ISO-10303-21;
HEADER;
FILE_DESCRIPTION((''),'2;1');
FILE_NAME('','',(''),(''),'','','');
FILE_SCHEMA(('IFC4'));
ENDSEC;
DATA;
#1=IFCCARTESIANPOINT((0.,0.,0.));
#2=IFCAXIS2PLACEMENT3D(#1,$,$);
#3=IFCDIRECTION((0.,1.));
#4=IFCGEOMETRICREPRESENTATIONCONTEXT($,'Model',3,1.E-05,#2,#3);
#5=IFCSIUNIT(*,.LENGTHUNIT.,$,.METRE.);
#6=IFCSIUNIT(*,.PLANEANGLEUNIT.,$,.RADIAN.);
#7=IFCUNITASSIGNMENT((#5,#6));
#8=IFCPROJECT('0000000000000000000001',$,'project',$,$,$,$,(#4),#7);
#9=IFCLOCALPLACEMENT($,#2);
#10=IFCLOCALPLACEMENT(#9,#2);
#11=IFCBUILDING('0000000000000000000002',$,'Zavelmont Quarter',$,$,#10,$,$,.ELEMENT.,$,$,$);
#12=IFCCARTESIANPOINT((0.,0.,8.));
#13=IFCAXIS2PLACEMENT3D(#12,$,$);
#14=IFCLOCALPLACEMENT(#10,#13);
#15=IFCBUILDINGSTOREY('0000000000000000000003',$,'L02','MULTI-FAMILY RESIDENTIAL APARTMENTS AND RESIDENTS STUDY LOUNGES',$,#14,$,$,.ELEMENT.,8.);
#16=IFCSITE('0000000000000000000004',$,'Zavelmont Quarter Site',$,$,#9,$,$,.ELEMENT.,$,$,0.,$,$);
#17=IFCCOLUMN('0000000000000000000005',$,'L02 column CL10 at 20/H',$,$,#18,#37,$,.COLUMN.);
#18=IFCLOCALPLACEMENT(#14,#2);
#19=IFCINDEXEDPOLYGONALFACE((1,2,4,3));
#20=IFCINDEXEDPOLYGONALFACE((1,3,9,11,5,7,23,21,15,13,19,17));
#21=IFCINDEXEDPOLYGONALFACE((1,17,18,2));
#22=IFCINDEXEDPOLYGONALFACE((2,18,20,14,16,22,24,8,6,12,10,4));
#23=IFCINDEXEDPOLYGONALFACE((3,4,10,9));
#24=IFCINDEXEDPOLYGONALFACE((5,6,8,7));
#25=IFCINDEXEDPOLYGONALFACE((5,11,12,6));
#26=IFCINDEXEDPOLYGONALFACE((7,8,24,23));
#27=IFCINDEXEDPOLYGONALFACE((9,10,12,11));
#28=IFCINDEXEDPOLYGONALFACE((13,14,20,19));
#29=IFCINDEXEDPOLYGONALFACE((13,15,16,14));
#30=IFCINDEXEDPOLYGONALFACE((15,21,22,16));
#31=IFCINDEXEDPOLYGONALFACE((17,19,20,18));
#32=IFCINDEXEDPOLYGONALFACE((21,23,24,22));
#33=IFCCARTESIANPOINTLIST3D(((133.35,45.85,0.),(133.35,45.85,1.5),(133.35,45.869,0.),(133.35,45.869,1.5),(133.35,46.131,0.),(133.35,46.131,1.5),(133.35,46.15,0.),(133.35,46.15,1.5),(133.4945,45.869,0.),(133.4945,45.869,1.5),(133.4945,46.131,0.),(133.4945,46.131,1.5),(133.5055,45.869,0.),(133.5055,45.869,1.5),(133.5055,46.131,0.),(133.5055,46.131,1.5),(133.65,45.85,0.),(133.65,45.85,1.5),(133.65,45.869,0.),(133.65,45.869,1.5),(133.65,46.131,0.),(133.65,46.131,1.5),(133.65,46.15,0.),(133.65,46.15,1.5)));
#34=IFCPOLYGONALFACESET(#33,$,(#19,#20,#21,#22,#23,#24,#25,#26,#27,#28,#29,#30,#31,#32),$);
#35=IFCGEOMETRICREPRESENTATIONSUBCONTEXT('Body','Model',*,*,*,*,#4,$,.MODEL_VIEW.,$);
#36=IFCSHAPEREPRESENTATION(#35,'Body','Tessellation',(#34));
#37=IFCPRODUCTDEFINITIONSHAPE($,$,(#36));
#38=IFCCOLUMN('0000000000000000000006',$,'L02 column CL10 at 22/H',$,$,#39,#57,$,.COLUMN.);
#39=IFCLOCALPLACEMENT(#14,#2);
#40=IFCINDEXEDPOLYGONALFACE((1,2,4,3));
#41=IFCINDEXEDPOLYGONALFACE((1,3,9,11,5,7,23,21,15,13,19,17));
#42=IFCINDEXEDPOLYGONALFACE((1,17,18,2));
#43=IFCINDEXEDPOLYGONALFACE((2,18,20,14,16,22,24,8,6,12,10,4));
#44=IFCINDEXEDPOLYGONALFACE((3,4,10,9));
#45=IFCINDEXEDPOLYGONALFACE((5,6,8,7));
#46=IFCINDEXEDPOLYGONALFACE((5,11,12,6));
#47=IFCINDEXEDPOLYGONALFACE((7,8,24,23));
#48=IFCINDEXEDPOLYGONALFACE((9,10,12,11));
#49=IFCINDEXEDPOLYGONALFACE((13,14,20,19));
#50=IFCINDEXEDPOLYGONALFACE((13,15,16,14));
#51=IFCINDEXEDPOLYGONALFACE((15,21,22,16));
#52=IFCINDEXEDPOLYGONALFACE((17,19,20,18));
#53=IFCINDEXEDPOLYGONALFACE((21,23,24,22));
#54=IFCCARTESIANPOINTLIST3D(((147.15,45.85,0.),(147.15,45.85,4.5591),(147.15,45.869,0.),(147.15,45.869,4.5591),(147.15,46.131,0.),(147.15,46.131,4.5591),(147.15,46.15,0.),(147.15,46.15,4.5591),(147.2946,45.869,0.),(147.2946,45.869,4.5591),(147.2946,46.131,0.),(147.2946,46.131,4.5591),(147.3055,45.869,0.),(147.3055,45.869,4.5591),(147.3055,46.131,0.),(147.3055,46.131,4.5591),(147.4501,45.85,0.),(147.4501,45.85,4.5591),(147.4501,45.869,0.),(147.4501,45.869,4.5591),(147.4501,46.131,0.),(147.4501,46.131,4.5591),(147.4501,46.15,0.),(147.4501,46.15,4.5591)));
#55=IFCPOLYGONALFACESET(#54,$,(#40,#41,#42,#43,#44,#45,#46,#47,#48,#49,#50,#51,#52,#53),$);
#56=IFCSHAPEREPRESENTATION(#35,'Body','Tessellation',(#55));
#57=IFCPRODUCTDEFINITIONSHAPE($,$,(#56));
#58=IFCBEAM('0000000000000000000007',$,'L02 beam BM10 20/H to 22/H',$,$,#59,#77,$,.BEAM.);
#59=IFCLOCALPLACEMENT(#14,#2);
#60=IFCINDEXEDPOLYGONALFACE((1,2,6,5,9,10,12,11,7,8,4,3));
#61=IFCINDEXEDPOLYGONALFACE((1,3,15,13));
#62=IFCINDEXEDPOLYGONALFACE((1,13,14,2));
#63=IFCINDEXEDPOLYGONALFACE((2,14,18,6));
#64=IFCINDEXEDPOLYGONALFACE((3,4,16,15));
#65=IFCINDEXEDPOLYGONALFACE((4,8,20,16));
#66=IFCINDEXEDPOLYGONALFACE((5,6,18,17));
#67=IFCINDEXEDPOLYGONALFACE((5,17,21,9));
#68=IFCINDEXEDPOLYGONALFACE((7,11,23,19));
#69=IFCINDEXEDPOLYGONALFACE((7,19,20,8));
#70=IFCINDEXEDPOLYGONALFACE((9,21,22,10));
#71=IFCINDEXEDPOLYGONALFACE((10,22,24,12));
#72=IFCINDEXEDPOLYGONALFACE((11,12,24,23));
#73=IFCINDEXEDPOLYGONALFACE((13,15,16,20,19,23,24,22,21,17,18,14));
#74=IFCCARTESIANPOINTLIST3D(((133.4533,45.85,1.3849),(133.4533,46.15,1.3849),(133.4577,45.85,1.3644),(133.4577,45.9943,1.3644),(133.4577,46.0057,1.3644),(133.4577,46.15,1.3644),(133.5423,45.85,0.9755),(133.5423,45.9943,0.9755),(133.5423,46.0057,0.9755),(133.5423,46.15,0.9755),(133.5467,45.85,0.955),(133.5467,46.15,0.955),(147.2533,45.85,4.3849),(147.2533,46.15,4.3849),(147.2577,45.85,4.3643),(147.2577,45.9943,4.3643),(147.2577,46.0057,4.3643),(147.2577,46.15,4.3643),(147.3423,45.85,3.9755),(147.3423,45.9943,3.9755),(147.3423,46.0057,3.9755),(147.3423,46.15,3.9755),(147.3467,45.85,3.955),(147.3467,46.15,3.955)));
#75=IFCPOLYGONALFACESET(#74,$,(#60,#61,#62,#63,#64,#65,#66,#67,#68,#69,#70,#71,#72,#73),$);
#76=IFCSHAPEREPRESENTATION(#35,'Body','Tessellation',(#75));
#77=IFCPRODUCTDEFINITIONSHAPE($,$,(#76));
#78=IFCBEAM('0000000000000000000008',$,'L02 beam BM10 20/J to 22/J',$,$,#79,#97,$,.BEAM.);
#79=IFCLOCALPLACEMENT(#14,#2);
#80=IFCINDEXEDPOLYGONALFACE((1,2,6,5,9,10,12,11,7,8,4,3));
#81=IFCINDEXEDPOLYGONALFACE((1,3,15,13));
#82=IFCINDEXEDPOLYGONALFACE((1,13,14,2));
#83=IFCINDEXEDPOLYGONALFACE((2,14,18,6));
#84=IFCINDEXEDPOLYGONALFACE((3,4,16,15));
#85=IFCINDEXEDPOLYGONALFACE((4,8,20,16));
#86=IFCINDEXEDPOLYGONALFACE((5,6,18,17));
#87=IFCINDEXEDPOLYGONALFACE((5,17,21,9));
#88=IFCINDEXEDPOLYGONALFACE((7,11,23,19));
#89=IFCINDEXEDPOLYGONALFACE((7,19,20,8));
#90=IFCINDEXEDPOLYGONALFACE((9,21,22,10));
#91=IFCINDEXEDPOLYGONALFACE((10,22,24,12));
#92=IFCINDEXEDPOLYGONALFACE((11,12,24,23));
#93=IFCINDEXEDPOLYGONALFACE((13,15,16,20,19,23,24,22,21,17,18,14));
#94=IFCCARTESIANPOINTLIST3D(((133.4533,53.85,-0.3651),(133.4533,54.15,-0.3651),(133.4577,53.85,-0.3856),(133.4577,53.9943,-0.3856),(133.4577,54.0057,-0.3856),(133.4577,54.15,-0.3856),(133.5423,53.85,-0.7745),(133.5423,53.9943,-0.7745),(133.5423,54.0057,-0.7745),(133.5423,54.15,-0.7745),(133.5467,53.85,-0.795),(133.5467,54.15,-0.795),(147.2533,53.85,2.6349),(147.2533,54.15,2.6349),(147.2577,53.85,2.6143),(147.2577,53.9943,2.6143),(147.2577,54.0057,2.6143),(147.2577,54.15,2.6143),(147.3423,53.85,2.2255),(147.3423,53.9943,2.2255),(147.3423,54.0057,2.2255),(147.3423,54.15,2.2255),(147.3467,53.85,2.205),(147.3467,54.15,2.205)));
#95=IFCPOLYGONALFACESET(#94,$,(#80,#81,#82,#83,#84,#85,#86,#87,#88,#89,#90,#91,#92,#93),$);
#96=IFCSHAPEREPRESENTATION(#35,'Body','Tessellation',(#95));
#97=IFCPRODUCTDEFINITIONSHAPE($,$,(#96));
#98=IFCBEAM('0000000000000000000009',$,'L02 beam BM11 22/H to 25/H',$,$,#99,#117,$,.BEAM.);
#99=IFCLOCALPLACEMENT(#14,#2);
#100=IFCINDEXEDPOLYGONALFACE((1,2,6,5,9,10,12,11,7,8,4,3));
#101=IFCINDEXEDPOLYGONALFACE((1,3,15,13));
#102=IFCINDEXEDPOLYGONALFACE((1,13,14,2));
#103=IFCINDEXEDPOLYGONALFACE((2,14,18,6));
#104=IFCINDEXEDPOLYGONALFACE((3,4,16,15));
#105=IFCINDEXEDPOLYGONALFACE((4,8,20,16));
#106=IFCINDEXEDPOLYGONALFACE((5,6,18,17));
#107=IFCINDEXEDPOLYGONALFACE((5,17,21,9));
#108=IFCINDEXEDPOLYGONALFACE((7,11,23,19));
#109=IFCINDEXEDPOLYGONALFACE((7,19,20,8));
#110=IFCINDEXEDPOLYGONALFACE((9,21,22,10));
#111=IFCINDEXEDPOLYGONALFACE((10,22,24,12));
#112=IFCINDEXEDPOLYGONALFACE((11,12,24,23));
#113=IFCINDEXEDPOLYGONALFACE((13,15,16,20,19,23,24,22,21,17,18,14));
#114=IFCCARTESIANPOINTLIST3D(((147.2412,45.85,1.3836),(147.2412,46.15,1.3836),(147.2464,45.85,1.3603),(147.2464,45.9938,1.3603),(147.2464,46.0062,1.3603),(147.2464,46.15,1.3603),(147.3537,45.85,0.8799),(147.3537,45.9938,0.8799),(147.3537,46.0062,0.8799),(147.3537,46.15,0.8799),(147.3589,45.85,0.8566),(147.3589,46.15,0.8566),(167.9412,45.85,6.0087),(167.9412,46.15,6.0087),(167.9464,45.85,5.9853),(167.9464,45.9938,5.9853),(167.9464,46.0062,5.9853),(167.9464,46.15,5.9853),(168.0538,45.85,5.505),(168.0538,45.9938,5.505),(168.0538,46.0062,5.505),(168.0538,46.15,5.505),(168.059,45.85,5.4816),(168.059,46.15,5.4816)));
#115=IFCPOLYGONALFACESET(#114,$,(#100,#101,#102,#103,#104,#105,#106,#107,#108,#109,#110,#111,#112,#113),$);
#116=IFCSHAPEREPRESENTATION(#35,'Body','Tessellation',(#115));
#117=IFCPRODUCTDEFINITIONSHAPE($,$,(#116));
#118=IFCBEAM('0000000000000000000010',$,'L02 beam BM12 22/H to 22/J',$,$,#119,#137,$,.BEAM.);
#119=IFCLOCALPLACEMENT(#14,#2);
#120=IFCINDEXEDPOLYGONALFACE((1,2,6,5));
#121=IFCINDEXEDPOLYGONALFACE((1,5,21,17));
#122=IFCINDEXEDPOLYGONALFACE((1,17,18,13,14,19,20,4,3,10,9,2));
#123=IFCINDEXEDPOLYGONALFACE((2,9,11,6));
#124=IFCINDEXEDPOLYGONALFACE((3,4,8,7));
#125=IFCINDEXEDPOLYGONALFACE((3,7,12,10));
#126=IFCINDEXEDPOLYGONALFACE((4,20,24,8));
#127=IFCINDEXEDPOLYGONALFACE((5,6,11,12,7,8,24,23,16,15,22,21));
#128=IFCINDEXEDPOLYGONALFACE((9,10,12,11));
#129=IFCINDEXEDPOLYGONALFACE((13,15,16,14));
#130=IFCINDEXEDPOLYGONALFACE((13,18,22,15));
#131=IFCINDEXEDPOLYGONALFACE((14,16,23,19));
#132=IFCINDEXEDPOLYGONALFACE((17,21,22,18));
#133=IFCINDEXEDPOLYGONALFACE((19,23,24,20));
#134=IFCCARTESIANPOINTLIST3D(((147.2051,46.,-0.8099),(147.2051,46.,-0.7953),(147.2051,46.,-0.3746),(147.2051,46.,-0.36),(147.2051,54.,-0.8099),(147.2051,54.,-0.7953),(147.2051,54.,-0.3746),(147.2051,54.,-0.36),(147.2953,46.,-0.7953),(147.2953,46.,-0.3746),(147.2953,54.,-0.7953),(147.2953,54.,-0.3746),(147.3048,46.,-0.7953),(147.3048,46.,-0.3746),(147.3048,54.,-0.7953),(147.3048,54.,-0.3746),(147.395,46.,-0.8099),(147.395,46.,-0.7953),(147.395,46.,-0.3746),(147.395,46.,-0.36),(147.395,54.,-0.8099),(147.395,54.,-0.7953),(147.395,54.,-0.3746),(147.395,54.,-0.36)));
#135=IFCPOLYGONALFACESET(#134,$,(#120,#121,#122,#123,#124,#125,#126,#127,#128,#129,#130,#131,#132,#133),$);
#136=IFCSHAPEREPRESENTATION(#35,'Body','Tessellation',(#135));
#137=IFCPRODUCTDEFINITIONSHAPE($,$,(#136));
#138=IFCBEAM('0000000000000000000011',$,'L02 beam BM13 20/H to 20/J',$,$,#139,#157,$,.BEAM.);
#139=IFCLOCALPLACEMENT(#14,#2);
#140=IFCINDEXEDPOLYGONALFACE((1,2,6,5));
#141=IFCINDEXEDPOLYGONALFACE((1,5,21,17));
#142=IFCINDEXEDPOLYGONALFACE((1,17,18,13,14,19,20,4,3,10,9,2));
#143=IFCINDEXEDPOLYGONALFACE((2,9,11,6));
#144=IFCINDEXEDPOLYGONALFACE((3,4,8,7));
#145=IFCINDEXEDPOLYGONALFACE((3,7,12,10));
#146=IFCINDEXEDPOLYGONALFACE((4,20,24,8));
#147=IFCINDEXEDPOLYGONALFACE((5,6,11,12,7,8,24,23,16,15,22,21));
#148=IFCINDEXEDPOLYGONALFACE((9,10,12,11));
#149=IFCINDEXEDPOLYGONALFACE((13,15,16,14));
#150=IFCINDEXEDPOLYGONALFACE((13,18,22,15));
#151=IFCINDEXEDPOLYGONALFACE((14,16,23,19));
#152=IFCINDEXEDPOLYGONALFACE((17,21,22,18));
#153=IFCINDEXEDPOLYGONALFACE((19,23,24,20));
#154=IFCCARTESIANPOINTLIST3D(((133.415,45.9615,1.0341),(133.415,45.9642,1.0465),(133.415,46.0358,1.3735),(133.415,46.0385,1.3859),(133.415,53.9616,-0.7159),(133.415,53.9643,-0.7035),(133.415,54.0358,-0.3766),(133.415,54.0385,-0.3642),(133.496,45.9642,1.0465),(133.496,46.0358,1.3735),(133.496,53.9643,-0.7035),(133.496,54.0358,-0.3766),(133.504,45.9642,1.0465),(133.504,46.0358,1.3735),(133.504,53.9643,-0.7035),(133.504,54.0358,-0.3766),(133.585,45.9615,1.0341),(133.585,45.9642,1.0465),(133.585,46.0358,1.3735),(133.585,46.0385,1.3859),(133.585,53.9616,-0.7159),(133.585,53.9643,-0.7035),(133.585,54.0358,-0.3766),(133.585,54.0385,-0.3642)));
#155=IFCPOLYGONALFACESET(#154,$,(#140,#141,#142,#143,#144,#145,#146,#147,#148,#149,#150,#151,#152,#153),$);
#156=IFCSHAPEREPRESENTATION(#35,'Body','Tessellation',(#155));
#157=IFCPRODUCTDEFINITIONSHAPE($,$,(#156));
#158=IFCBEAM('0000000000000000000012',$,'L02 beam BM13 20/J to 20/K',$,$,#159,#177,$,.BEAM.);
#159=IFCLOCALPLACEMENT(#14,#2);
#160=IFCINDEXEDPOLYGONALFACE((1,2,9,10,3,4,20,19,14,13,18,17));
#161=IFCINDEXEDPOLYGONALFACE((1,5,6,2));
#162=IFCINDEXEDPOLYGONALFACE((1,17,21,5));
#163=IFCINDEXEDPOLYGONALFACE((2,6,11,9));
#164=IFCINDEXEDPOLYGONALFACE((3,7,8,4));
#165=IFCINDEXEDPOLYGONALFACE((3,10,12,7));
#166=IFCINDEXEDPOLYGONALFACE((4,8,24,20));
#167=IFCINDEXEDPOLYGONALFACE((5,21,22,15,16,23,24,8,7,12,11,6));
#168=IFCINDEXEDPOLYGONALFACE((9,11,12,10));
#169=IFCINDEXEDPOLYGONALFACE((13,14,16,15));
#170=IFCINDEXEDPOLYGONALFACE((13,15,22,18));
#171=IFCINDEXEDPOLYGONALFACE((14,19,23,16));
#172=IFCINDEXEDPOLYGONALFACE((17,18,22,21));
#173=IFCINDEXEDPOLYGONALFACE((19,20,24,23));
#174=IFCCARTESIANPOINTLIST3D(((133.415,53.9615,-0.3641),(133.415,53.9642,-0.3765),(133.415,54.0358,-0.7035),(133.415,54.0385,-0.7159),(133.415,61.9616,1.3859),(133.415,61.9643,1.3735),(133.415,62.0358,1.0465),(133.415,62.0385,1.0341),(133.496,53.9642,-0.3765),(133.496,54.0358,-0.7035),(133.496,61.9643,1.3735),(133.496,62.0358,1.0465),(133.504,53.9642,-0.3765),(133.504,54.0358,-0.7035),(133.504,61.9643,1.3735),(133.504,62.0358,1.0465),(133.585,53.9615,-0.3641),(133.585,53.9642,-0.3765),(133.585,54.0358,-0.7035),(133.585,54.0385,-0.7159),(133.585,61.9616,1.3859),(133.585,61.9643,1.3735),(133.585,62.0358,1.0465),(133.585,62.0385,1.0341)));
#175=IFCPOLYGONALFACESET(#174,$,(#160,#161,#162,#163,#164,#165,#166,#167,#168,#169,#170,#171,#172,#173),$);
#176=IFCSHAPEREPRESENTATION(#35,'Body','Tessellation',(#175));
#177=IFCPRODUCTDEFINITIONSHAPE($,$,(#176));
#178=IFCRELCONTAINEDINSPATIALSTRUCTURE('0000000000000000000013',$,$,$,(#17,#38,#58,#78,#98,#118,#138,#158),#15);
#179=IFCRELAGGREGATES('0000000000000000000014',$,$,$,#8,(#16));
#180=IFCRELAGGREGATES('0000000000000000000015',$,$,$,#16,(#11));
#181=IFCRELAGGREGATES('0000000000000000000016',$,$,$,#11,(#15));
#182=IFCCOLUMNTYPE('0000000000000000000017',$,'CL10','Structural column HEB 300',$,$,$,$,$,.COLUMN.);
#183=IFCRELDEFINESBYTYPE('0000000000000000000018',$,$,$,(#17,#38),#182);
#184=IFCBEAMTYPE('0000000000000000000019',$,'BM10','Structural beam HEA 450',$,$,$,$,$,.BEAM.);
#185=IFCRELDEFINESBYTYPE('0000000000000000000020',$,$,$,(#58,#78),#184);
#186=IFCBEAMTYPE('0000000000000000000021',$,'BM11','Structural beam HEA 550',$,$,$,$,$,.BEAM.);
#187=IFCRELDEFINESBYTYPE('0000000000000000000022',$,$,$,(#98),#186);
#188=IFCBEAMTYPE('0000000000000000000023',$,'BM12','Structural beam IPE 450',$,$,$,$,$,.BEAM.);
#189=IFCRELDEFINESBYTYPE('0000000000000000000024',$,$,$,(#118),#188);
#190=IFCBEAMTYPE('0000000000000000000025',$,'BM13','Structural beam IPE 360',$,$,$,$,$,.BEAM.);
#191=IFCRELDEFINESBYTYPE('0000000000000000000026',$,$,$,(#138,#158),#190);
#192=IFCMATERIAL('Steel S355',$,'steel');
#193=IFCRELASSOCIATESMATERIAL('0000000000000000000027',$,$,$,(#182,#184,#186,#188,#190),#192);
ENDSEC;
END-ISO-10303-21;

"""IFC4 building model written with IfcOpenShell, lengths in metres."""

from ifc_helpers import new_model, si_unit, direction, frame, origin, origin_2d, place, context, subcontext, project, spatial, i_section, extrude, material, material_profile, profile_set, type_object, element, save


model = new_model("IFC4")

# Units and contexts
model_context = context("Model", 3, precision=1e-05, world=origin(), true_north=direction((0.0, 1.0)))
body_context = subcontext(model_context, "Body", "Model", "MODEL_VIEW")
ifc_project = project(units=[si_unit("LENGTHUNIT", "METRE"), si_unit("PLANEANGLEUNIT", "RADIAN")], contexts=[model_context])

# Site, building, storey
site_placement = place(None, origin())
site = spatial("IfcSite", under=ifc_project, at=site_placement, Name="Zavelmont Quarter Site", CompositionType="ELEMENT", RefElevation=0.0)
building_placement = place(site_placement, origin())
building = spatial("IfcBuilding", under=site, at=building_placement, Name="Zavelmont Quarter", CompositionType="ELEMENT")
storey_placement = place(building_placement, frame((0.0, 0.0, 8.0)))
storey = spatial("IfcBuildingStorey", under=building, at=storey_placement, Name="L02", Description="MULTI-FAMILY RESIDENTIAL APARTMENTS AND RESIDENTS STUDY LOUNGES", CompositionType="ELEMENT", Elevation=8.0)

# Columns
ifc_material_1 = material(Name="Steel S355", Category="steel")
ifc_material_profile_1 = material_profile(ifc_material_1, i_section(OverallWidth=0.3, OverallDepth=0.3, WebThickness=0.011, FlangeThickness=0.019, at=origin_2d()), Name="HEB 300")
ifc_profile_set_1 = profile_set([ifc_material_profile_1], Name="Steel S355")
column_type = type_object("IfcColumnType", Name="CL10", Description="Structural column HEB 300", PredefinedType="COLUMN", material=ifc_profile_set_1)
column_1_placement = place(storey_placement, frame((133.5, 46.0, 0.0), z_axis=(0.0, 0.0, 1.0), x_axis=(1.0, 0.0, 0.0)))
element("IfcColumn", 1, at=column_1_placement, inside=storey, type_object=column_type, Name="L02 column CL10 at 20/H", PredefinedType="COLUMN", context=body_context, shape_type="SweptSolid", body=[
    extrude(i_section(OverallWidth=0.3, OverallDepth=0.3, WebThickness=0.011, FlangeThickness=0.019, at=origin_2d()), origin(), (0.0, 0.0, 1.0), 1.5),
])
column_2_placement = place(storey_placement, frame((147.3, 46.0, 0.0), z_axis=(0.0, 0.0, 1.0), x_axis=(1.0, 0.0, 0.0)))
element("IfcColumn", 2, at=column_2_placement, inside=storey, type_object=column_type, Name="L02 column CL10 at 22/H", PredefinedType="COLUMN", context=body_context, shape_type="SweptSolid", body=[
    extrude(i_section(OverallWidth=0.3, OverallDepth=0.3, WebThickness=0.011, FlangeThickness=0.019, at=origin_2d()), origin(), (0.0, 0.0, 1.0), 4.5591),
])

# Beams
ifc_material_profile_2 = material_profile(ifc_material_1, i_section(OverallWidth=0.3, OverallDepth=0.4399, WebThickness=0.0115, FlangeThickness=0.021, at=origin_2d()), Name="HEA 450")
ifc_profile_set_2 = profile_set([ifc_material_profile_2], Name="Steel S355")
beam_type_1 = type_object("IfcBeamType", Name="BM10", Description="Structural beam HEA 450", PredefinedType="BEAM", material=ifc_profile_set_2)
for number, where, z_axis, x_axis, name in (
    (3, (133.5, 46.0, 1.1699), (0.977177, 0.0, 0.212429), (0.0, 1.0, 0.0), "L02 beam BM10 20/H to 22/H"),
    (4, (133.5, 54.0, -0.5801), (0.977177, 0.0, 0.212429), (0.0, 1.0, 0.0), "L02 beam BM10 20/J to 22/J"),
):
    element("IfcBeam", number, at=place(storey_placement, frame(where, z_axis=z_axis, x_axis=x_axis)), inside=storey, type_object=beam_type_1, Name=name, PredefinedType="BEAM", context=body_context, shape_type="SweptSolid", body=[
        extrude(i_section(OverallWidth=0.3, OverallDepth=0.4399, WebThickness=0.0115, FlangeThickness=0.021, at=origin_2d()), origin(), (0.0, 0.0, 1.0), 14.1223),
    ])
ifc_material_profile_3 = material_profile(ifc_material_1, i_section(OverallWidth=0.3, OverallDepth=0.54, WebThickness=0.0125, FlangeThickness=0.0239, at=origin_2d()), Name="HEA 550")
ifc_profile_set_3 = profile_set([ifc_material_profile_3], Name="Steel S355")
beam_type_2 = type_object("IfcBeamType", Name="BM11", Description="Structural beam HEA 550", PredefinedType="BEAM", material=ifc_profile_set_3)
beam_1_placement = place(storey_placement, frame((147.3, 46.0, 1.1201), z_axis=(0.975937, 0.0, 0.218054), x_axis=(0.0, 1.0, 0.0)))
element("IfcBeam", 5, at=beam_1_placement, inside=storey, type_object=beam_type_2, Name="L02 beam BM11 22/H to 25/H", PredefinedType="BEAM", context=body_context, shape_type="SweptSolid", body=[
    extrude(i_section(OverallWidth=0.3, OverallDepth=0.54, WebThickness=0.0125, FlangeThickness=0.0239, at=origin_2d()), origin(), (0.0, 0.0, 1.0), 21.2104),
])
ifc_material_profile_4 = material_profile(ifc_material_1, i_section(OverallWidth=0.1899, OverallDepth=0.45, WebThickness=0.0095, FlangeThickness=0.0146, at=origin_2d()), Name="IPE 450")
ifc_profile_set_4 = profile_set([ifc_material_profile_4], Name="Steel S355")
beam_type_3 = type_object("IfcBeamType", Name="BM12", Description="Structural beam IPE 450", PredefinedType="BEAM", material=ifc_profile_set_4)
beam_2_placement = place(storey_placement, frame((147.3, 46.0, -0.585), z_axis=(0.0, 1.0, 0.0), x_axis=(-1.0, 0.0, 0.0)))
element("IfcBeam", 6, at=beam_2_placement, inside=storey, type_object=beam_type_3, Name="L02 beam BM12 22/H to 22/J", PredefinedType="BEAM", context=body_context, shape_type="SweptSolid", body=[
    extrude(i_section(OverallWidth=0.1899, OverallDepth=0.45, WebThickness=0.0095, FlangeThickness=0.0146, at=origin_2d()), origin(), (0.0, 0.0, 1.0), 8.0),
])
ifc_material_profile_5 = material_profile(ifc_material_1, i_section(OverallWidth=0.1699, OverallDepth=0.3601, WebThickness=0.0081, FlangeThickness=0.0127, at=origin_2d()), Name="IPE 360")
ifc_profile_set_5 = profile_set([ifc_material_profile_5], Name="Steel S355")
beam_type_4 = type_object("IfcBeamType", Name="BM13", Description="Structural beam IPE 360", PredefinedType="BEAM", material=ifc_profile_set_5)
for number, where, z_axis, x_axis, name in (
    (7, (133.5, 46.0, 1.21), (0.0, 0.9769, -0.213697), (-1.0, 0.0, 0.0), "L02 beam BM13 20/H to 20/J"),
    (8, (133.5, 54.0, -0.54), (0.0, 0.9769, 0.213697), (-1.0, 0.0, 0.0), "L02 beam BM13 20/J to 20/K"),
):
    element("IfcBeam", number, at=place(storey_placement, frame(where, z_axis=z_axis, x_axis=x_axis)), inside=storey, type_object=beam_type_4, Name=name, PredefinedType="BEAM", context=body_context, shape_type="SweptSolid", body=[
        extrude(i_section(OverallWidth=0.1699, OverallDepth=0.3601, WebThickness=0.0081, FlangeThickness=0.0127, at=origin_2d()), origin(), (0.0, 0.0, 1.0), 8.1892),
    ])

save(model, "model.ifc")
